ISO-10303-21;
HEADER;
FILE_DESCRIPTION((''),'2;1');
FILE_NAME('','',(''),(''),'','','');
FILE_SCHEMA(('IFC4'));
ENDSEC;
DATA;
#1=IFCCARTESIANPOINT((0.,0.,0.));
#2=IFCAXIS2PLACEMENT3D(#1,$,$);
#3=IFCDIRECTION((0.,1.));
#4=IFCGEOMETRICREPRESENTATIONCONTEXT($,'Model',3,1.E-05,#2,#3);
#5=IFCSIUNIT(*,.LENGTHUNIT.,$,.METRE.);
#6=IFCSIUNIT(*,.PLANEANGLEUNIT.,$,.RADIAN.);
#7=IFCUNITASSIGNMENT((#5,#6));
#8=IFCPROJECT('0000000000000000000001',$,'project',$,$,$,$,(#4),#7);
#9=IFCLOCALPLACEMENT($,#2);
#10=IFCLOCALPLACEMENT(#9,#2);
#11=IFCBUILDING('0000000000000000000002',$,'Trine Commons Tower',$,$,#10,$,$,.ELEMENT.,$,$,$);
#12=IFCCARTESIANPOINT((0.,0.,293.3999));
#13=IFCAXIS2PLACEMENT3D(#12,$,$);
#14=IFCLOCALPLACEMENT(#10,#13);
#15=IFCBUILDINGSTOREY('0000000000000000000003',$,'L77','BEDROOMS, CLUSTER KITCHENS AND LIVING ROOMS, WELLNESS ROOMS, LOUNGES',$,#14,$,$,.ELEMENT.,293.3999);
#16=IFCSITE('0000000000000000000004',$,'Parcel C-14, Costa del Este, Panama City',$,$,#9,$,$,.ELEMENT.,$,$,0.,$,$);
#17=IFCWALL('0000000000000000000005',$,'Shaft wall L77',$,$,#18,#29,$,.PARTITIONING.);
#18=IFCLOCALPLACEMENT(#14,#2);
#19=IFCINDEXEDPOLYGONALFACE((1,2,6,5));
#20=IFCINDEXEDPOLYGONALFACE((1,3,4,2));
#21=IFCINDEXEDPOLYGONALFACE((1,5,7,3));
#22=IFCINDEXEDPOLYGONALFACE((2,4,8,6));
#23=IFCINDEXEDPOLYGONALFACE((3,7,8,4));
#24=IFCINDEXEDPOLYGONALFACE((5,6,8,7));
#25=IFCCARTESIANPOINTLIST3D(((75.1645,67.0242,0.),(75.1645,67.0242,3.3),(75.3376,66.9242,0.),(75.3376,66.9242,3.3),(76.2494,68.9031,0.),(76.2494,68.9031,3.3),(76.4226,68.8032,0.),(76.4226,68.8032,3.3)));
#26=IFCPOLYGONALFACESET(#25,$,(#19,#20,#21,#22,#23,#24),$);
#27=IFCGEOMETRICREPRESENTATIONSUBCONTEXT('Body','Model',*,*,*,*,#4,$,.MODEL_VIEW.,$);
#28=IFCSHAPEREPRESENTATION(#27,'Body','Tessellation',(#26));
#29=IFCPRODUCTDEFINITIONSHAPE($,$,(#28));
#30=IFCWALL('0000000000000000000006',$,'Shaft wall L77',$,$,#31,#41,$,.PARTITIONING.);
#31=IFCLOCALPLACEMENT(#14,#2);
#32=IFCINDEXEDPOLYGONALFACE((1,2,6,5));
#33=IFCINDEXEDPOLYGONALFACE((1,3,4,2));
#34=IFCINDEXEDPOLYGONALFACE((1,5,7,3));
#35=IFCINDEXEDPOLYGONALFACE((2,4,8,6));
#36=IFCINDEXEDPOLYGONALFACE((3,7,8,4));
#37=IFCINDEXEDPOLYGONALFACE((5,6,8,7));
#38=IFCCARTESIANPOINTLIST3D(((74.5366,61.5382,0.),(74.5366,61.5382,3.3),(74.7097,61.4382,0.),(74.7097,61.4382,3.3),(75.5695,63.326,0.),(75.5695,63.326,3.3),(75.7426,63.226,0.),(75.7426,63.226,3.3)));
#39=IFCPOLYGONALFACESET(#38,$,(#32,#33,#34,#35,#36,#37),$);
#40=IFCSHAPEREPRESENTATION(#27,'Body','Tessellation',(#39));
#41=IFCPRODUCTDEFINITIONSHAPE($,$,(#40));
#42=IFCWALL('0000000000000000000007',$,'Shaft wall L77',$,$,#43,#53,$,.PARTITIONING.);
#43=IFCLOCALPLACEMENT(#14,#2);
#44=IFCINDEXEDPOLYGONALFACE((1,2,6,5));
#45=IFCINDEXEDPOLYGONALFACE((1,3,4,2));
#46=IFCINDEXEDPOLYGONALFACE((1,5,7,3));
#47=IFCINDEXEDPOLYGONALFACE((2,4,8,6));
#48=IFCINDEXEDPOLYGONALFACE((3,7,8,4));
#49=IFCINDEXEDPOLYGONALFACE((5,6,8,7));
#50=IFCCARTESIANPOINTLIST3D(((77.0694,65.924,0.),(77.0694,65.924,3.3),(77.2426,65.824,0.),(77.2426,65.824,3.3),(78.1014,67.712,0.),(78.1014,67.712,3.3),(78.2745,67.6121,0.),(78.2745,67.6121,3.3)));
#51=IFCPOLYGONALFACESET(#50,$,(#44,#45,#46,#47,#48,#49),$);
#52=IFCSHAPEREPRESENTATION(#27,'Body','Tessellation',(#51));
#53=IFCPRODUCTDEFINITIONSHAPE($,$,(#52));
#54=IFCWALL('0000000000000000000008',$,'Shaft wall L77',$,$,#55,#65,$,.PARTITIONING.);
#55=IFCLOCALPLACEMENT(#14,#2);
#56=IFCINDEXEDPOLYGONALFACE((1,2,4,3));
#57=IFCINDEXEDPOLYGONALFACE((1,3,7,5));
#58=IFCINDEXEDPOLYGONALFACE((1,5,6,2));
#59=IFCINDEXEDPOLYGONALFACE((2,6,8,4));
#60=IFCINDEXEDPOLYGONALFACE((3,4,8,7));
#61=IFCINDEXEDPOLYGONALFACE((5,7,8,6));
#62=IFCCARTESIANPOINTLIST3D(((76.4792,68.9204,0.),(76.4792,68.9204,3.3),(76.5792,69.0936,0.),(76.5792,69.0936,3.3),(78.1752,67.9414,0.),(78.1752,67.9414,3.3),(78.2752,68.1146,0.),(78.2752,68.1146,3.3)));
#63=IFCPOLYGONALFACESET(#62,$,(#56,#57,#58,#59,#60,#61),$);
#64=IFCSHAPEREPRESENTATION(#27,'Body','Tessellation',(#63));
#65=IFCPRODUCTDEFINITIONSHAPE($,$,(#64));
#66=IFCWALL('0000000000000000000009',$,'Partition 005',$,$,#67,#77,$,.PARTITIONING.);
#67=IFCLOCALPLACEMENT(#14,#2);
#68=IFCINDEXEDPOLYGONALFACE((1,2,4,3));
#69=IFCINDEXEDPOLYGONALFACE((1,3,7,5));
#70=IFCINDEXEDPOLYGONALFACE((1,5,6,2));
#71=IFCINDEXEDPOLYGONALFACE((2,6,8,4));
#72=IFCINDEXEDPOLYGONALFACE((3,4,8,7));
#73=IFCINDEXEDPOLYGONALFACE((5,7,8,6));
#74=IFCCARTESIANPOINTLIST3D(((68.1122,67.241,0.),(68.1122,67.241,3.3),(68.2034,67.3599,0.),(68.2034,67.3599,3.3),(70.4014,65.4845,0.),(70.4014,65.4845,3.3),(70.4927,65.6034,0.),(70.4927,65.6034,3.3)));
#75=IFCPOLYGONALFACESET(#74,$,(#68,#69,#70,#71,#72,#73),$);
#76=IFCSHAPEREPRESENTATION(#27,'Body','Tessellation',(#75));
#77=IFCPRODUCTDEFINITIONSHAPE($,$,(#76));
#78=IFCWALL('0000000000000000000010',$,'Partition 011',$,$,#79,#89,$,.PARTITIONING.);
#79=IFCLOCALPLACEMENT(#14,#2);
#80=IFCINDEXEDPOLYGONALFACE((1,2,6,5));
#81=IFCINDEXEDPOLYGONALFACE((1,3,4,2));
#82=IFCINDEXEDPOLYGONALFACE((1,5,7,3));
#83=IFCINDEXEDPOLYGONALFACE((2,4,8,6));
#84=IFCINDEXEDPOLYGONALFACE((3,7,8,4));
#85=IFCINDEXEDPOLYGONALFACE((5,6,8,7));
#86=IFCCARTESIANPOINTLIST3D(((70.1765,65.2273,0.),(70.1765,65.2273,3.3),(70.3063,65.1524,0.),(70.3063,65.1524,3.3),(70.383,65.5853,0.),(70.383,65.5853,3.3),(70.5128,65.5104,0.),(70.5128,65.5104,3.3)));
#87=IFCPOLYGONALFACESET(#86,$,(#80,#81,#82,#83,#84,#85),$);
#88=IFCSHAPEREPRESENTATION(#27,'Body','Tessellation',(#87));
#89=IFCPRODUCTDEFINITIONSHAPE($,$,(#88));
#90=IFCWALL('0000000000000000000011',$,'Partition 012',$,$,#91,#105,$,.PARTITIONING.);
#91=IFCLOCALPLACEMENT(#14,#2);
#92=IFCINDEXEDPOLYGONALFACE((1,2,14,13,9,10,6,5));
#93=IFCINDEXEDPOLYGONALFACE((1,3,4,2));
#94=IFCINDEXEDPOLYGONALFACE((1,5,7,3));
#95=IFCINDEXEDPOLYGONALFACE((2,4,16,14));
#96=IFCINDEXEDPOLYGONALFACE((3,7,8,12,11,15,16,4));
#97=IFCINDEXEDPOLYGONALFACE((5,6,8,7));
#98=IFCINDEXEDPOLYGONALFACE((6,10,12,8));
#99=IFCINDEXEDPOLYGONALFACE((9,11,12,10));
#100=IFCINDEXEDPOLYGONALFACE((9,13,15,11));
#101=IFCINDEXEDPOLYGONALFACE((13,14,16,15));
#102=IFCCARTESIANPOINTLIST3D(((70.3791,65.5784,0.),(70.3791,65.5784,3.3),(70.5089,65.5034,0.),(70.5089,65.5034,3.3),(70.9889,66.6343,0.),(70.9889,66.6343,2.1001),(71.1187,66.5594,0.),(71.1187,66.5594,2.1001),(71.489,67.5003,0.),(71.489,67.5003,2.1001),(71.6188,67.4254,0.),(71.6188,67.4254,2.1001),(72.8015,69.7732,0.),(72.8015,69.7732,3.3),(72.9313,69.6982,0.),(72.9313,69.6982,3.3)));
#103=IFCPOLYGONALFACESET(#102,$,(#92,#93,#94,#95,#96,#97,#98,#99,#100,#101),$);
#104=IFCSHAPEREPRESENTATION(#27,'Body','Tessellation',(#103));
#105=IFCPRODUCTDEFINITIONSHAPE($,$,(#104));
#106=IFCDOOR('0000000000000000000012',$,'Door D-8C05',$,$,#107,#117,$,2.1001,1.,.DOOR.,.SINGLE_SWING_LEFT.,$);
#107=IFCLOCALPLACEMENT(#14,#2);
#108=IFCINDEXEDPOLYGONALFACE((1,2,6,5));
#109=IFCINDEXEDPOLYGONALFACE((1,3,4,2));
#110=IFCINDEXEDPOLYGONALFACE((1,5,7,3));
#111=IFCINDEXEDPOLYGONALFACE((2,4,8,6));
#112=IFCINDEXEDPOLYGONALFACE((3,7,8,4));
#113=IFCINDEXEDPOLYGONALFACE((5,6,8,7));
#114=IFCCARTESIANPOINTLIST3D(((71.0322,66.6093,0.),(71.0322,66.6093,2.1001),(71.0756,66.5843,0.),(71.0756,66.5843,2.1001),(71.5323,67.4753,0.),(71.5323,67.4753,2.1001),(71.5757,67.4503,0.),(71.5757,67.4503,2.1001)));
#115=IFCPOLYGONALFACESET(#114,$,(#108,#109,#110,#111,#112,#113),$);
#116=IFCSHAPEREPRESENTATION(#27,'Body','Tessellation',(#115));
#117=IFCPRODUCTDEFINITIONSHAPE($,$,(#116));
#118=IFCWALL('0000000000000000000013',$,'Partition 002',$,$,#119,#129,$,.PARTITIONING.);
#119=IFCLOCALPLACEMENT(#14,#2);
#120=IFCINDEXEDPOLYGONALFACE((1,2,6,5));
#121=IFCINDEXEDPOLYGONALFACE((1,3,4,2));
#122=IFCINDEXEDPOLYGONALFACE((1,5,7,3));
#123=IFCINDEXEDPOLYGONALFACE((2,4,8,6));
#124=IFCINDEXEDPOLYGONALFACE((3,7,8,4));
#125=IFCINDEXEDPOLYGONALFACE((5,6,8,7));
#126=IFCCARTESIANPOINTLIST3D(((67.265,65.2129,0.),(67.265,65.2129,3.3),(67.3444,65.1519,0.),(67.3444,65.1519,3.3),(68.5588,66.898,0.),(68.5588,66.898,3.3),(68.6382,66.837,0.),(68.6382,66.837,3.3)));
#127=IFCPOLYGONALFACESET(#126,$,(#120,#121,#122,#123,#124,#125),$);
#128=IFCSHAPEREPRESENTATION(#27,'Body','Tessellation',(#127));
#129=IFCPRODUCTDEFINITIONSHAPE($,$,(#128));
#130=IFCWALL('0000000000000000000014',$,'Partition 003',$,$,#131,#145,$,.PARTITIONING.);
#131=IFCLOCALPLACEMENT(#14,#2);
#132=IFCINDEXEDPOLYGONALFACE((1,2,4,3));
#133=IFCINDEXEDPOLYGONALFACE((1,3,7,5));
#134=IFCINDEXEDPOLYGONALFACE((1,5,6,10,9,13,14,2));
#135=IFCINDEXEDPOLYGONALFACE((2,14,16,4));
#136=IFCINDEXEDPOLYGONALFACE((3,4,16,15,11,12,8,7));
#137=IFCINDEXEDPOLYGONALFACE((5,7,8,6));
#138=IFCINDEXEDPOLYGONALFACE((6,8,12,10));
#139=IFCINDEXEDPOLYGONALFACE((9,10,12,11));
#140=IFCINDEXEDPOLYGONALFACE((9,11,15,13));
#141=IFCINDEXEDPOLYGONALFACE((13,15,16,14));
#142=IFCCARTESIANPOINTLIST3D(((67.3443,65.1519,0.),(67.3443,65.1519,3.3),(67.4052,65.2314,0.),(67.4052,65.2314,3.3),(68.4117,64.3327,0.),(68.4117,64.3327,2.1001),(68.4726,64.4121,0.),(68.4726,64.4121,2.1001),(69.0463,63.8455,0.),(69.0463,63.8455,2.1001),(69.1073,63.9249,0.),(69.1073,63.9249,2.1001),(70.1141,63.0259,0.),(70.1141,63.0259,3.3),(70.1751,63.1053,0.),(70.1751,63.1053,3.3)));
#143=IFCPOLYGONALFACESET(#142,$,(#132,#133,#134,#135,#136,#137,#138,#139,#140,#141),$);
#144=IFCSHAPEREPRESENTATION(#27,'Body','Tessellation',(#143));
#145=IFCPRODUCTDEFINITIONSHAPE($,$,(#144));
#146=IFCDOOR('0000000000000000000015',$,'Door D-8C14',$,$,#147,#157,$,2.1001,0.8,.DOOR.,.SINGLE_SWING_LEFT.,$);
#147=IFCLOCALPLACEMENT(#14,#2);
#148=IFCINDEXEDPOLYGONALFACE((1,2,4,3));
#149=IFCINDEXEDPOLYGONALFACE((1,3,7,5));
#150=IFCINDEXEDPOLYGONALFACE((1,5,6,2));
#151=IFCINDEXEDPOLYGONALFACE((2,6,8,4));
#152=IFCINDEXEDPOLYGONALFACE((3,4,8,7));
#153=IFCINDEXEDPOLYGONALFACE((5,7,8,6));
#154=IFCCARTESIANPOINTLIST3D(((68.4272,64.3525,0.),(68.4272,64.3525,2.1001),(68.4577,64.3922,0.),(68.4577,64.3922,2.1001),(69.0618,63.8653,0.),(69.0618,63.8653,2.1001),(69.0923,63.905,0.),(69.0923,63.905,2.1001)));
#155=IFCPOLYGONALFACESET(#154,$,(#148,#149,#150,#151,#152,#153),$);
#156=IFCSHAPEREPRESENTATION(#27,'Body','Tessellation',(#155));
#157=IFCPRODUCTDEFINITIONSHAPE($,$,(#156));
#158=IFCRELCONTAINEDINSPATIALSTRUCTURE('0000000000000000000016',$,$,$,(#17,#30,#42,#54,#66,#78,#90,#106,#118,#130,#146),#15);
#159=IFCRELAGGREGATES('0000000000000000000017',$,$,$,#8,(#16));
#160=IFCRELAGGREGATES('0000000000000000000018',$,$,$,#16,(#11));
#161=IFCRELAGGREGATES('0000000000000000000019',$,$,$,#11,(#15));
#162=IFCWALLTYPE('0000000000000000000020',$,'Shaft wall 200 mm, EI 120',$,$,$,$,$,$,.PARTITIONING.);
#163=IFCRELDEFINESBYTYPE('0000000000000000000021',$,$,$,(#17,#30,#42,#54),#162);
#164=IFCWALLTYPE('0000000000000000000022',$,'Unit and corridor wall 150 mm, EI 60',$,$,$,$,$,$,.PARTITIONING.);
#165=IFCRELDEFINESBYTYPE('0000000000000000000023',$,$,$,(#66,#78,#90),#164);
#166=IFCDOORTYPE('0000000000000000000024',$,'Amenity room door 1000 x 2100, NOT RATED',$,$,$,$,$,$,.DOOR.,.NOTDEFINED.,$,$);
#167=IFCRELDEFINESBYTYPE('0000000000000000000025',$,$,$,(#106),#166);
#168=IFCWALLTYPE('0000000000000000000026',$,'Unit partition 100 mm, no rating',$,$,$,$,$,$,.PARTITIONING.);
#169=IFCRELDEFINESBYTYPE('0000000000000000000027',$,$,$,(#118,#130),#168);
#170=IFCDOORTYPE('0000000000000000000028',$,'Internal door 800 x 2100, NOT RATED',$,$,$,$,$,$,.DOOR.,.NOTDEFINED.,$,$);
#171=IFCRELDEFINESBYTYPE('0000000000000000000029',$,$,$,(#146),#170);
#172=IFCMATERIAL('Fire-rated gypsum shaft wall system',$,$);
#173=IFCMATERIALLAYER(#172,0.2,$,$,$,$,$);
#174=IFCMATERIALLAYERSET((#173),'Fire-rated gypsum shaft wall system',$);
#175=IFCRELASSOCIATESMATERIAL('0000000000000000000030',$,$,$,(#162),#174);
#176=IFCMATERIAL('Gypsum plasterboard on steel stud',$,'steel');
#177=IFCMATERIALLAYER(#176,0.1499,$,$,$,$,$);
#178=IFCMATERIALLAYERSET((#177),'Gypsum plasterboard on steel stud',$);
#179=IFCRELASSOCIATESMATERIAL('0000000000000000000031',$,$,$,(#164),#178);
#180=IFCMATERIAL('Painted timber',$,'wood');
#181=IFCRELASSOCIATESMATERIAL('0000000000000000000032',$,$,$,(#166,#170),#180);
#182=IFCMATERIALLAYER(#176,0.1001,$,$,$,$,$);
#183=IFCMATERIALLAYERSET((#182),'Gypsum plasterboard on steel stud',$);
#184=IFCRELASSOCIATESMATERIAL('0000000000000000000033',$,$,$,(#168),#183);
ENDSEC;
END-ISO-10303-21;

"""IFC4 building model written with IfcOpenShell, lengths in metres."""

from ifc_helpers import new_model, si_unit, direction, frame, frame_2d, origin, place, context, subcontext, project, spatial, rectangle, extrude, material, layer, layer_set, type_object, element, fill, save


model = new_model("IFC4")

# Units and contexts
model_context = context("Model", 3, precision=1e-05, world=origin(), true_north=direction((0.0, 1.0)))
body_context = subcontext(model_context, "Body", "Model", "MODEL_VIEW")
ifc_project = project(units=[si_unit("LENGTHUNIT", "METRE"), si_unit("PLANEANGLEUNIT", "RADIAN")], contexts=[model_context])

# Site, building, storey
site_placement = place(None, origin())
site = spatial("IfcSite", under=ifc_project, at=site_placement, Name="Parcel C-14, Costa del Este, Panama City", CompositionType="ELEMENT", RefElevation=0.0)
building_placement = place(site_placement, origin())
building = spatial("IfcBuilding", under=site, at=building_placement, Name="Trine Commons Tower", CompositionType="ELEMENT")
storey_placement = place(building_placement, frame((0.0, 0.0, 293.3999)))
storey = spatial("IfcBuildingStorey", under=building, at=storey_placement, Name="L77", Description="BEDROOMS, CLUSTER KITCHENS AND LIVING ROOMS, WELLNESS ROOMS, LOUNGES", CompositionType="ELEMENT", Elevation=293.3999)

# Shared definitions
ifc_material_1 = material(Name="Fire-rated gypsum shaft wall system")

# Walls
ifc_layer_1 = layer(ifc_material_1, 0.2)
ifc_layer_set_1 = layer_set([ifc_layer_1], Name="Fire-rated gypsum shaft wall system")
wall_type_1 = type_object("IfcWallType", Name="Shaft wall 200 mm, EI 120", PredefinedType="PARTITIONING", material=ifc_layer_set_1)
wall_1_placement = place(storey_placement, frame((75.251, 66.9741, 0.0), z_axis=(0.0, 0.0, 1.0), x_axis=(0.50006, 0.865991, 0.0)))
element("IfcWall", 1, at=wall_1_placement, inside=storey, type_object=wall_type_1, Name="Shaft wall L77", PredefinedType="PARTITIONING", context=body_context, shape_type="SweptSolid", body=[
    extrude(rectangle(XDim=2.1697, YDim=0.2, at=frame_2d((1.085, 0.0))), origin(), (0.0, 0.0, 1.0), 3.3),
])
wall_2_placement = place(storey_placement, frame((75.656, 63.2759, 0.0), z_axis=(0.0, 0.0, 1.0), x_axis=(-0.500272, -0.865868, 0.0)))
element("IfcWall", 2, at=wall_2_placement, inside=storey, type_object=wall_type_1, Name="Shaft wall L77", PredefinedType="PARTITIONING", context=body_context, shape_type="SweptSolid", body=[
    extrude(rectangle(XDim=2.0647, YDim=0.2, at=frame_2d((1.0322, 0.0))), origin(), (0.0, 0.0, 1.0), 3.3),
])
wall_3_placement = place(storey_placement, frame((77.156, 65.874, 0.0), z_axis=(0.0, 0.0, 1.0), x_axis=(0.499866, 0.866103, 0.0)))
element("IfcWall", 3, at=wall_3_placement, inside=storey, type_object=wall_type_1, Name="Shaft wall L77", PredefinedType="PARTITIONING", context=body_context, shape_type="SweptSolid", body=[
    extrude(rectangle(XDim=2.0645, YDim=0.2, at=frame_2d((1.0322, 0.0))), origin(), (0.0, 0.0, 1.0), 3.3),
])
wall_4_placement = place(storey_placement, frame((78.2251, 68.0281, 0.0), z_axis=(0.0, 0.0, 1.0), x_axis=(-0.866071, 0.49992, 0.0)))
element("IfcWall", 4, at=wall_4_placement, inside=storey, type_object=wall_type_1, Name="Shaft wall L77", PredefinedType="PARTITIONING", context=body_context, shape_type="SweptSolid", body=[
    extrude(rectangle(XDim=1.9583, YDim=0.2, at=frame_2d((0.979, 0.0))), origin(), (0.0, 0.0, 1.0), 3.3),
])
ifc_material_2 = material(Name="Gypsum plasterboard on steel stud", Category="steel")
ifc_layer_2 = layer(ifc_material_2, 0.1499)
ifc_layer_set_2 = layer_set([ifc_layer_2], Name="Gypsum plasterboard on steel stud")
wall_type_2 = type_object("IfcWallType", Name="Unit and corridor wall 150 mm, EI 60", PredefinedType="PARTITIONING", material=ifc_layer_set_2)
wall_5_placement = place(storey_placement, frame((68.1577, 67.3005, 0.0), z_axis=(0.0, 0.0, 1.0), x_axis=(0.793363, -0.608749, 0.0)))
element("IfcWall", 5, at=wall_5_placement, inside=storey, type_object=wall_type_2, Name="Partition 005", PredefinedType="PARTITIONING", context=body_context, shape_type="SweptSolid", body=[
    extrude(rectangle(XDim=2.8855, YDim=0.1499, at=frame_2d((1.4429, 0.0))), origin(), (0.0, 0.0, 1.0), 3.3),
])
wall_6_placement = place(storey_placement, frame((70.2415, 65.1899, 0.0), z_axis=(0.0, 0.0, 1.0), x_axis=(0.499569, 0.866274, 0.0)))
element("IfcWall", 6, at=wall_6_placement, inside=storey, type_object=wall_type_2, Name="Partition 011", PredefinedType="PARTITIONING", context=body_context, shape_type="SweptSolid", body=[
    extrude(rectangle(XDim=0.4133, YDim=0.1499, at=frame_2d((0.2065, 0.0))), origin(), (0.0, 0.0, 1.0), 3.3),
])

# Wall, opening, door
wall_7_placement = place(storey_placement, frame((70.4441, 65.541, 0.0), z_axis=(0.0, 0.0, 1.0), x_axis=(0.500074, 0.865982, 0.0)))
wall_7 = element("IfcWall", 7, at=wall_7_placement, inside=storey, type_object=wall_type_2, Name="Partition 012", PredefinedType="PARTITIONING", context=body_context, shape_type="SweptSolid", body=[
    extrude(rectangle(XDim=4.844, YDim=0.1499, at=frame_2d((2.4219, 0.0))), origin(), (0.0, 0.0, 1.0), 3.3),
])
opening_1_placement = place(wall_7_placement, frame((1.2192, 0.0, 0.0)))
opening_1 = element("IfcOpeningElement", 8, at=opening_1_placement, cuts=wall_7, PredefinedType="OPENING", context=body_context, shape_type="SweptSolid", body=[
    extrude(rectangle(XDim=1.0, YDim=2.1001, at=frame_2d((0.5, 1.05))), frame((0.0, 0.085, 0.0), z_axis=(0.0, -1.0, 0.0), x_axis=(1.0, 0.0, 0.0)), (0.0, 0.0, 1.0), 0.1699),
])
ifc_material_3 = material(Name="Painted timber", Category="wood")
door_type_1 = type_object("IfcDoorType", Name="Amenity room door 1000 x 2100, NOT RATED", OperationType="NOTDEFINED", PredefinedType="DOOR", material=ifc_material_3)
door_1_placement = place(opening_1_placement, origin())
door_1 = element("IfcDoor", 9, at=door_1_placement, inside=storey, type_object=door_type_1, Name="Door D-8C05", OperationType="SINGLE_SWING_LEFT", OverallHeight=2.1001, OverallWidth=1.0, PredefinedType="DOOR", context=body_context, shape_type="SweptSolid", body=[
    extrude(rectangle(XDim=1.0, YDim=2.1001, at=frame_2d((0.5, 1.05))), frame((0.0, 0.0249, 0.0), z_axis=(0.0, -1.0, 0.0), x_axis=(1.0, 0.0, 0.0)), (0.0, 0.0, 1.0), 0.05),
])
fill(opening_1, door_1)

# Wall
ifc_layer_3 = layer(ifc_material_2, 0.1001)
ifc_layer_set_3 = layer_set([ifc_layer_3], Name="Gypsum plasterboard on steel stud")
wall_type_3 = type_object("IfcWallType", Name="Unit partition 100 mm, no rating", PredefinedType="PARTITIONING", material=ifc_layer_set_3)
wall_8_placement = place(storey_placement, frame((67.3047, 65.1824, 0.0), z_axis=(0.0, 0.0, 1.0), x_axis=(0.608972, 0.793192, 0.0)))
element("IfcWall", 10, at=wall_8_placement, inside=storey, type_object=wall_type_3, Name="Partition 002", PredefinedType="PARTITIONING", context=body_context, shape_type="SweptSolid", body=[
    extrude(rectangle(XDim=2.1245, YDim=0.1001, at=frame_2d((1.0623, 0.0))), origin(), (0.0, 0.0, 1.0), 3.3),
])

# Wall, opening, door
wall_9_placement = place(storey_placement, frame((67.3748, 65.1917, 0.0), z_axis=(0.0, 0.0, 1.0), x_axis=(0.793263, -0.608879, 0.0)))
wall_9 = element("IfcWall", 11, at=wall_9_placement, inside=storey, type_object=wall_type_3, Name="Partition 003", PredefinedType="PARTITIONING", context=body_context, shape_type="SweptSolid", body=[
    extrude(rectangle(XDim=3.4917, YDim=0.1001, at=frame_2d((1.7458, 0.0))), origin(), (0.0, 0.0, 1.0), 3.3),
])
opening_2_placement = place(wall_9_placement, frame((1.3457, 0.0, 0.0)))
opening_2 = element("IfcOpeningElement", 12, at=opening_2_placement, cuts=wall_9, PredefinedType="OPENING", context=body_context, shape_type="SweptSolid", body=[
    extrude(rectangle(XDim=0.8, YDim=2.1001, at=frame_2d((0.3999, 1.05))), frame((0.0, 0.0601, 0.0), z_axis=(0.0, -1.0, 0.0), x_axis=(1.0, 0.0, 0.0)), (0.0, 0.0, 1.0), 0.1201),
])
door_type_2 = type_object("IfcDoorType", Name="Internal door 800 x 2100, NOT RATED", OperationType="NOTDEFINED", PredefinedType="DOOR", material=ifc_material_3)
door_2_placement = place(opening_2_placement, frame((0.8, 0.0, 0.0), z_axis=(0.0, 0.0, 1.0), x_axis=(-1.0, 0.0, 0.0)))
door_2 = element("IfcDoor", 13, at=door_2_placement, inside=storey, type_object=door_type_2, Name="Door D-8C14", OperationType="SINGLE_SWING_LEFT", OverallHeight=2.1001, OverallWidth=0.8, PredefinedType="DOOR", context=body_context, shape_type="SweptSolid", body=[
    extrude(rectangle(XDim=0.8, YDim=2.1001, at=frame_2d((0.3999, 1.05))), frame((0.0, 0.0249, 0.0), z_axis=(0.0, -1.0, 0.0), x_axis=(1.0, 0.0, 0.0)), (0.0, 0.0, 1.0), 0.05),
])
fill(opening_2, door_2)

save(model, "model.ifc")
